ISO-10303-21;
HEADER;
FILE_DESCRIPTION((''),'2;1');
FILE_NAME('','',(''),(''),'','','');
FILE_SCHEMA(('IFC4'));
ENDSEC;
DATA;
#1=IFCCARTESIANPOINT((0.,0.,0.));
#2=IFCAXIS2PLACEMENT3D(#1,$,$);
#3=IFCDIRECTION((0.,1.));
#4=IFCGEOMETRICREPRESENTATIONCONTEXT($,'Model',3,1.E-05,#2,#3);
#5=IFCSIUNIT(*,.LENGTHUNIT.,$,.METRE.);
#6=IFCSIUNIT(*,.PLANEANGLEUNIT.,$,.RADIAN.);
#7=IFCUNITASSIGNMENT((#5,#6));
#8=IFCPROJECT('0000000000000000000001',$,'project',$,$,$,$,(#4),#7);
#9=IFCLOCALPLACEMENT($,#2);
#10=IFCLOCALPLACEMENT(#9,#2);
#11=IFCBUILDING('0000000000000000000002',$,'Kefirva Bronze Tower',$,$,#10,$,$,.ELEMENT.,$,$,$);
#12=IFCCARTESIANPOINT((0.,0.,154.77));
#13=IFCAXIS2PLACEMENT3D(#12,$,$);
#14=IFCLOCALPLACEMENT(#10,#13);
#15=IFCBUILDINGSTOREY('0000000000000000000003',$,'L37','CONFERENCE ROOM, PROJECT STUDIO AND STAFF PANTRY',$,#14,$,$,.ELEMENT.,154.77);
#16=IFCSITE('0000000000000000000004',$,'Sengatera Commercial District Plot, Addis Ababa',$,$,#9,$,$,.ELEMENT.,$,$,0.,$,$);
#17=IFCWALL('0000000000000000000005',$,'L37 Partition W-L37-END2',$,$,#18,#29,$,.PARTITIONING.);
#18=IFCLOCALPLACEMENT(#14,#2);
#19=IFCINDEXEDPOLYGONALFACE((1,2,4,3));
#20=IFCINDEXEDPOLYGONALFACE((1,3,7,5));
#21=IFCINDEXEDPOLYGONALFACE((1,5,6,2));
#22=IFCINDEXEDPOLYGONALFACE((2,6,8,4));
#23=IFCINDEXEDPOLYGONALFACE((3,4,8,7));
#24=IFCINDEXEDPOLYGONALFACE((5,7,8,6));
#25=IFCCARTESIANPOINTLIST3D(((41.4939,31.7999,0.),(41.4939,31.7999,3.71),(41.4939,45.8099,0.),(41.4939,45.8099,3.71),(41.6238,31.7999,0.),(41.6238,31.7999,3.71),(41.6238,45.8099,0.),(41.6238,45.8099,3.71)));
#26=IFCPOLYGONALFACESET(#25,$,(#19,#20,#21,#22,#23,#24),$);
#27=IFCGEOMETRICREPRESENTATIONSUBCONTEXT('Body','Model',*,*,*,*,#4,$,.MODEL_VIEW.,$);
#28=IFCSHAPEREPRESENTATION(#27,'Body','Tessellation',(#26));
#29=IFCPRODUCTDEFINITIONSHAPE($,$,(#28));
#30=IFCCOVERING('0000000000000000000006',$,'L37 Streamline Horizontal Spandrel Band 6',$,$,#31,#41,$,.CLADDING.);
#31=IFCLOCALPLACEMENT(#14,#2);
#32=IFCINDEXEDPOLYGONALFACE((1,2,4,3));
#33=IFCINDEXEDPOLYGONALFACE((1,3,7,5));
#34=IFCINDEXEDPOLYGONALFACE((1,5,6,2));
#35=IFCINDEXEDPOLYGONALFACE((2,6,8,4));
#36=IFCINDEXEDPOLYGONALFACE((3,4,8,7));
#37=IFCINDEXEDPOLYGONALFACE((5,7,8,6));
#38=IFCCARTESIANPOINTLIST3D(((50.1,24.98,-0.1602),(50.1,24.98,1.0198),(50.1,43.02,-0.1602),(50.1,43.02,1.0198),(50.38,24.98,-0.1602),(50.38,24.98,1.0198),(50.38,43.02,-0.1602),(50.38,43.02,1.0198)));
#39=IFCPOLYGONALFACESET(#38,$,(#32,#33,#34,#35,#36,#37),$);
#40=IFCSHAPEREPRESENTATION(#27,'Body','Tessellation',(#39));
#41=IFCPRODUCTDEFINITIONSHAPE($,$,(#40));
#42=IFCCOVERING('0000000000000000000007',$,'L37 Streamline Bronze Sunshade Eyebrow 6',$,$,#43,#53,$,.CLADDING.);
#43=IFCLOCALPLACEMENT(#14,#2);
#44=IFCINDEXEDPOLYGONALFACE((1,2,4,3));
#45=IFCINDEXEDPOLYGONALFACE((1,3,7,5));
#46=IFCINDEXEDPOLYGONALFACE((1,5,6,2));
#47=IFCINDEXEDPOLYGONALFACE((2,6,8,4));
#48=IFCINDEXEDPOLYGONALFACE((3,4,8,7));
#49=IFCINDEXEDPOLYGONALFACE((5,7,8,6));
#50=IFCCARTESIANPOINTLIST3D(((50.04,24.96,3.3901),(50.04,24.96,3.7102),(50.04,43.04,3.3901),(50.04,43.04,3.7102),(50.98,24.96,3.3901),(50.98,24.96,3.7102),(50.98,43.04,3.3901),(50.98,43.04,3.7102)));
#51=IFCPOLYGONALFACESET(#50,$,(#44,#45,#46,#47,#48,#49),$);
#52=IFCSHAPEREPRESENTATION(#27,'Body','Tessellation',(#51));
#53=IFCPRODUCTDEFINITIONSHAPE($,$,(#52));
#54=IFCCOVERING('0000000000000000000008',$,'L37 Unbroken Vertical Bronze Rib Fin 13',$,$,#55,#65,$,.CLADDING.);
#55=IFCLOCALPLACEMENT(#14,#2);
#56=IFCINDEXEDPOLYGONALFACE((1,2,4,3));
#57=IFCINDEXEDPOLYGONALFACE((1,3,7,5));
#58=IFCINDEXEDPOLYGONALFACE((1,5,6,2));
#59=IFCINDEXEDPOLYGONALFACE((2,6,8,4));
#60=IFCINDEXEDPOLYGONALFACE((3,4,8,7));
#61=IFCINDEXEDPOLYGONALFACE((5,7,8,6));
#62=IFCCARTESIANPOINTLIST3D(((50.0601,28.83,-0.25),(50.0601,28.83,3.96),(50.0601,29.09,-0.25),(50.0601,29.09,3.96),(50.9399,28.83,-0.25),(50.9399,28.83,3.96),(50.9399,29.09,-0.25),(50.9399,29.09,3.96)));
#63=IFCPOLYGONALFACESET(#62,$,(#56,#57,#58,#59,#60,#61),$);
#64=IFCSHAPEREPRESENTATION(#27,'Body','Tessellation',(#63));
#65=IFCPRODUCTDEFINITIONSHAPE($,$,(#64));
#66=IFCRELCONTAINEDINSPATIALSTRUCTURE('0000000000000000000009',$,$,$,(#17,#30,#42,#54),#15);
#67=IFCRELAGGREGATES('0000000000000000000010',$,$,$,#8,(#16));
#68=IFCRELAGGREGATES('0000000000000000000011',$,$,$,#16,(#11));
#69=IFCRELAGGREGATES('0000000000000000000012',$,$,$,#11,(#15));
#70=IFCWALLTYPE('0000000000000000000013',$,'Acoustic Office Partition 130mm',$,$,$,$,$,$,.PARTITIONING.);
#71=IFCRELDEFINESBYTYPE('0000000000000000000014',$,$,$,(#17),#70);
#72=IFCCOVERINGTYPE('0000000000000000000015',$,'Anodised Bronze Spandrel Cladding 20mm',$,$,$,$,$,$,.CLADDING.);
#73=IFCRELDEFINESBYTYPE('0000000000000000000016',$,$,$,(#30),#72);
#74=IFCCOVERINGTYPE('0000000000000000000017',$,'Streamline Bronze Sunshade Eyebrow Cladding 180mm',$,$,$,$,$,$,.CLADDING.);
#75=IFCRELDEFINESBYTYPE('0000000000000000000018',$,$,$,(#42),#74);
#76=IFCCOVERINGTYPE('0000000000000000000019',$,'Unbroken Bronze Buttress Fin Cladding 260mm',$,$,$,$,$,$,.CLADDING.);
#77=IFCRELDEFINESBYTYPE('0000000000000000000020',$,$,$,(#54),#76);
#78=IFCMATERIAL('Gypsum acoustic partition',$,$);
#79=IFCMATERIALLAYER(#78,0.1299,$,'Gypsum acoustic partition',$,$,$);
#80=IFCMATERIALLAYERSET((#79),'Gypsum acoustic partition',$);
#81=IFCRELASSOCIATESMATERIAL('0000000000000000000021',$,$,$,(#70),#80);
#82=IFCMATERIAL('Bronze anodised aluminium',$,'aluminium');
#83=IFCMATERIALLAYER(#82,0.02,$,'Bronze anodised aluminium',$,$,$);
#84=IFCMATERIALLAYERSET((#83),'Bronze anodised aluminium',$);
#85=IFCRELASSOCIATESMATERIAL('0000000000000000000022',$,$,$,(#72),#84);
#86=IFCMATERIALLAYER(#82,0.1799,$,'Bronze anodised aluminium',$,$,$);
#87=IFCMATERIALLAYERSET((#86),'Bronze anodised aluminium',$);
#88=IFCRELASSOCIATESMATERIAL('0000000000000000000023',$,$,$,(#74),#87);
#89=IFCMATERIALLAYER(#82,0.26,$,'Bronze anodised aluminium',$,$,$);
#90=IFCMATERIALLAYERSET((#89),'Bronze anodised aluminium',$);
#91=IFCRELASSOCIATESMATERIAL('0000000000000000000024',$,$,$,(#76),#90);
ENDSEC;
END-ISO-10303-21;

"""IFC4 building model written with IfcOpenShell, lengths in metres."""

from ifc_helpers import new_model, si_unit, direction, frame, frame_2d, origin, origin_2d, place, context, subcontext, project, spatial, rectangle, extrude, material, layer, layer_set, type_object, element, save


model = new_model("IFC4")

# Units and contexts
model_context = context("Model", 3, precision=1e-05, world=origin(), true_north=direction((0.0, 1.0)))
body_context = subcontext(model_context, "Body", "Model", "MODEL_VIEW")
ifc_project = project(units=[si_unit("LENGTHUNIT", "METRE"), si_unit("PLANEANGLEUNIT", "RADIAN")], contexts=[model_context])

# Site, building, storey
site_placement = place(None, origin())
site = spatial("IfcSite", under=ifc_project, at=site_placement, Name="Sengatera Commercial District Plot, Addis Ababa", CompositionType="ELEMENT", RefElevation=0.0)
building_placement = place(site_placement, origin())
building = spatial("IfcBuilding", under=site, at=building_placement, Name="Kefirva Bronze Tower", CompositionType="ELEMENT")
storey_placement = place(building_placement, frame((0.0, 0.0, 154.77)))
storey = spatial("IfcBuildingStorey", under=building, at=storey_placement, Name="L37", Description="CONFERENCE ROOM, PROJECT STUDIO AND STAFF PANTRY", CompositionType="ELEMENT", Elevation=154.77)

# Shared definitions
ifc_material_1 = material(Name="Bronze anodised aluminium", Category="aluminium")

# Wall
ifc_material_2 = material(Name="Gypsum acoustic partition")
ifc_layer_1 = layer(ifc_material_2, 0.1299, Name="Gypsum acoustic partition")
ifc_layer_set_1 = layer_set([ifc_layer_1], Name="Gypsum acoustic partition")
wall_type = type_object("IfcWallType", Name="Acoustic Office Partition 130mm", PredefinedType="PARTITIONING", material=ifc_layer_set_1)
wall_placement = place(storey_placement, frame((41.5588, 31.8, 0.0), z_axis=(0.0, 0.0, 1.0), x_axis=(0.0, 1.0, 0.0)))
element("IfcWall", 1, at=wall_placement, inside=storey, type_object=wall_type, Name="L37 Partition W-L37-END2", PredefinedType="PARTITIONING", context=body_context, shape_type="SweptSolid", body=[
    extrude(rectangle(XDim=14.01, YDim=0.1299, at=frame_2d((7.0049, 0.0))), origin(), (0.0, 0.0, 1.0), 3.71),
])

# Coverings
ifc_layer_2 = layer(ifc_material_1, 0.02, Name="Bronze anodised aluminium")
ifc_layer_set_2 = layer_set([ifc_layer_2], Name="Bronze anodised aluminium")
covering_type_1 = type_object("IfcCoveringType", Name="Anodised Bronze Spandrel Cladding 20mm", PredefinedType="CLADDING", material=ifc_layer_set_2)
covering_1_placement = place(storey_placement, frame((50.24, 34.0, -0.1602), z_axis=(0.0, 0.0, 1.0), x_axis=(0.0, 1.0, 0.0)))
element("IfcCovering", 2, at=covering_1_placement, inside=storey, type_object=covering_type_1, Name="L37 Streamline Horizontal Spandrel Band 6", PredefinedType="CLADDING", context=body_context, shape_type="SweptSolid", body=[
    extrude(rectangle(XDim=18.04, YDim=0.28, at=origin_2d()), origin(), (0.0, 0.0, 1.0), 1.1799),
])
ifc_layer_3 = layer(ifc_material_1, 0.1799, Name="Bronze anodised aluminium")
ifc_layer_set_3 = layer_set([ifc_layer_3], Name="Bronze anodised aluminium")
covering_type_2 = type_object("IfcCoveringType", Name="Streamline Bronze Sunshade Eyebrow Cladding 180mm", PredefinedType="CLADDING", material=ifc_layer_set_3)
covering_2_placement = place(storey_placement, frame((50.51, 34.0, 3.3901), z_axis=(0.0, 0.0, 1.0), x_axis=(0.0, 1.0, 0.0)))
element("IfcCovering", 3, at=covering_2_placement, inside=storey, type_object=covering_type_2, Name="L37 Streamline Bronze Sunshade Eyebrow 6", PredefinedType="CLADDING", context=body_context, shape_type="SweptSolid", body=[
    extrude(rectangle(XDim=18.0801, YDim=0.9399, at=origin_2d()), origin(), (0.0, 0.0, 1.0), 0.3201),
])
ifc_layer_4 = layer(ifc_material_1, 0.26, Name="Bronze anodised aluminium")
ifc_layer_set_4 = layer_set([ifc_layer_4], Name="Bronze anodised aluminium")
covering_type_3 = type_object("IfcCoveringType", Name="Unbroken Bronze Buttress Fin Cladding 260mm", PredefinedType="CLADDING", material=ifc_layer_set_4)
covering_3_placement = place(storey_placement, frame((50.5, 28.96, -0.25), z_axis=(0.0, 0.0, 1.0), x_axis=(0.0, 1.0, 0.0)))
element("IfcCovering", 4, at=covering_3_placement, inside=storey, type_object=covering_type_3, Name="L37 Unbroken Vertical Bronze Rib Fin 13", PredefinedType="CLADDING", context=body_context, shape_type="SweptSolid", body=[
    extrude(rectangle(XDim=0.26, YDim=0.8799, at=origin_2d()), origin(), (0.0, 0.0, 1.0), 4.21),
])

save(model, "model.ifc")
